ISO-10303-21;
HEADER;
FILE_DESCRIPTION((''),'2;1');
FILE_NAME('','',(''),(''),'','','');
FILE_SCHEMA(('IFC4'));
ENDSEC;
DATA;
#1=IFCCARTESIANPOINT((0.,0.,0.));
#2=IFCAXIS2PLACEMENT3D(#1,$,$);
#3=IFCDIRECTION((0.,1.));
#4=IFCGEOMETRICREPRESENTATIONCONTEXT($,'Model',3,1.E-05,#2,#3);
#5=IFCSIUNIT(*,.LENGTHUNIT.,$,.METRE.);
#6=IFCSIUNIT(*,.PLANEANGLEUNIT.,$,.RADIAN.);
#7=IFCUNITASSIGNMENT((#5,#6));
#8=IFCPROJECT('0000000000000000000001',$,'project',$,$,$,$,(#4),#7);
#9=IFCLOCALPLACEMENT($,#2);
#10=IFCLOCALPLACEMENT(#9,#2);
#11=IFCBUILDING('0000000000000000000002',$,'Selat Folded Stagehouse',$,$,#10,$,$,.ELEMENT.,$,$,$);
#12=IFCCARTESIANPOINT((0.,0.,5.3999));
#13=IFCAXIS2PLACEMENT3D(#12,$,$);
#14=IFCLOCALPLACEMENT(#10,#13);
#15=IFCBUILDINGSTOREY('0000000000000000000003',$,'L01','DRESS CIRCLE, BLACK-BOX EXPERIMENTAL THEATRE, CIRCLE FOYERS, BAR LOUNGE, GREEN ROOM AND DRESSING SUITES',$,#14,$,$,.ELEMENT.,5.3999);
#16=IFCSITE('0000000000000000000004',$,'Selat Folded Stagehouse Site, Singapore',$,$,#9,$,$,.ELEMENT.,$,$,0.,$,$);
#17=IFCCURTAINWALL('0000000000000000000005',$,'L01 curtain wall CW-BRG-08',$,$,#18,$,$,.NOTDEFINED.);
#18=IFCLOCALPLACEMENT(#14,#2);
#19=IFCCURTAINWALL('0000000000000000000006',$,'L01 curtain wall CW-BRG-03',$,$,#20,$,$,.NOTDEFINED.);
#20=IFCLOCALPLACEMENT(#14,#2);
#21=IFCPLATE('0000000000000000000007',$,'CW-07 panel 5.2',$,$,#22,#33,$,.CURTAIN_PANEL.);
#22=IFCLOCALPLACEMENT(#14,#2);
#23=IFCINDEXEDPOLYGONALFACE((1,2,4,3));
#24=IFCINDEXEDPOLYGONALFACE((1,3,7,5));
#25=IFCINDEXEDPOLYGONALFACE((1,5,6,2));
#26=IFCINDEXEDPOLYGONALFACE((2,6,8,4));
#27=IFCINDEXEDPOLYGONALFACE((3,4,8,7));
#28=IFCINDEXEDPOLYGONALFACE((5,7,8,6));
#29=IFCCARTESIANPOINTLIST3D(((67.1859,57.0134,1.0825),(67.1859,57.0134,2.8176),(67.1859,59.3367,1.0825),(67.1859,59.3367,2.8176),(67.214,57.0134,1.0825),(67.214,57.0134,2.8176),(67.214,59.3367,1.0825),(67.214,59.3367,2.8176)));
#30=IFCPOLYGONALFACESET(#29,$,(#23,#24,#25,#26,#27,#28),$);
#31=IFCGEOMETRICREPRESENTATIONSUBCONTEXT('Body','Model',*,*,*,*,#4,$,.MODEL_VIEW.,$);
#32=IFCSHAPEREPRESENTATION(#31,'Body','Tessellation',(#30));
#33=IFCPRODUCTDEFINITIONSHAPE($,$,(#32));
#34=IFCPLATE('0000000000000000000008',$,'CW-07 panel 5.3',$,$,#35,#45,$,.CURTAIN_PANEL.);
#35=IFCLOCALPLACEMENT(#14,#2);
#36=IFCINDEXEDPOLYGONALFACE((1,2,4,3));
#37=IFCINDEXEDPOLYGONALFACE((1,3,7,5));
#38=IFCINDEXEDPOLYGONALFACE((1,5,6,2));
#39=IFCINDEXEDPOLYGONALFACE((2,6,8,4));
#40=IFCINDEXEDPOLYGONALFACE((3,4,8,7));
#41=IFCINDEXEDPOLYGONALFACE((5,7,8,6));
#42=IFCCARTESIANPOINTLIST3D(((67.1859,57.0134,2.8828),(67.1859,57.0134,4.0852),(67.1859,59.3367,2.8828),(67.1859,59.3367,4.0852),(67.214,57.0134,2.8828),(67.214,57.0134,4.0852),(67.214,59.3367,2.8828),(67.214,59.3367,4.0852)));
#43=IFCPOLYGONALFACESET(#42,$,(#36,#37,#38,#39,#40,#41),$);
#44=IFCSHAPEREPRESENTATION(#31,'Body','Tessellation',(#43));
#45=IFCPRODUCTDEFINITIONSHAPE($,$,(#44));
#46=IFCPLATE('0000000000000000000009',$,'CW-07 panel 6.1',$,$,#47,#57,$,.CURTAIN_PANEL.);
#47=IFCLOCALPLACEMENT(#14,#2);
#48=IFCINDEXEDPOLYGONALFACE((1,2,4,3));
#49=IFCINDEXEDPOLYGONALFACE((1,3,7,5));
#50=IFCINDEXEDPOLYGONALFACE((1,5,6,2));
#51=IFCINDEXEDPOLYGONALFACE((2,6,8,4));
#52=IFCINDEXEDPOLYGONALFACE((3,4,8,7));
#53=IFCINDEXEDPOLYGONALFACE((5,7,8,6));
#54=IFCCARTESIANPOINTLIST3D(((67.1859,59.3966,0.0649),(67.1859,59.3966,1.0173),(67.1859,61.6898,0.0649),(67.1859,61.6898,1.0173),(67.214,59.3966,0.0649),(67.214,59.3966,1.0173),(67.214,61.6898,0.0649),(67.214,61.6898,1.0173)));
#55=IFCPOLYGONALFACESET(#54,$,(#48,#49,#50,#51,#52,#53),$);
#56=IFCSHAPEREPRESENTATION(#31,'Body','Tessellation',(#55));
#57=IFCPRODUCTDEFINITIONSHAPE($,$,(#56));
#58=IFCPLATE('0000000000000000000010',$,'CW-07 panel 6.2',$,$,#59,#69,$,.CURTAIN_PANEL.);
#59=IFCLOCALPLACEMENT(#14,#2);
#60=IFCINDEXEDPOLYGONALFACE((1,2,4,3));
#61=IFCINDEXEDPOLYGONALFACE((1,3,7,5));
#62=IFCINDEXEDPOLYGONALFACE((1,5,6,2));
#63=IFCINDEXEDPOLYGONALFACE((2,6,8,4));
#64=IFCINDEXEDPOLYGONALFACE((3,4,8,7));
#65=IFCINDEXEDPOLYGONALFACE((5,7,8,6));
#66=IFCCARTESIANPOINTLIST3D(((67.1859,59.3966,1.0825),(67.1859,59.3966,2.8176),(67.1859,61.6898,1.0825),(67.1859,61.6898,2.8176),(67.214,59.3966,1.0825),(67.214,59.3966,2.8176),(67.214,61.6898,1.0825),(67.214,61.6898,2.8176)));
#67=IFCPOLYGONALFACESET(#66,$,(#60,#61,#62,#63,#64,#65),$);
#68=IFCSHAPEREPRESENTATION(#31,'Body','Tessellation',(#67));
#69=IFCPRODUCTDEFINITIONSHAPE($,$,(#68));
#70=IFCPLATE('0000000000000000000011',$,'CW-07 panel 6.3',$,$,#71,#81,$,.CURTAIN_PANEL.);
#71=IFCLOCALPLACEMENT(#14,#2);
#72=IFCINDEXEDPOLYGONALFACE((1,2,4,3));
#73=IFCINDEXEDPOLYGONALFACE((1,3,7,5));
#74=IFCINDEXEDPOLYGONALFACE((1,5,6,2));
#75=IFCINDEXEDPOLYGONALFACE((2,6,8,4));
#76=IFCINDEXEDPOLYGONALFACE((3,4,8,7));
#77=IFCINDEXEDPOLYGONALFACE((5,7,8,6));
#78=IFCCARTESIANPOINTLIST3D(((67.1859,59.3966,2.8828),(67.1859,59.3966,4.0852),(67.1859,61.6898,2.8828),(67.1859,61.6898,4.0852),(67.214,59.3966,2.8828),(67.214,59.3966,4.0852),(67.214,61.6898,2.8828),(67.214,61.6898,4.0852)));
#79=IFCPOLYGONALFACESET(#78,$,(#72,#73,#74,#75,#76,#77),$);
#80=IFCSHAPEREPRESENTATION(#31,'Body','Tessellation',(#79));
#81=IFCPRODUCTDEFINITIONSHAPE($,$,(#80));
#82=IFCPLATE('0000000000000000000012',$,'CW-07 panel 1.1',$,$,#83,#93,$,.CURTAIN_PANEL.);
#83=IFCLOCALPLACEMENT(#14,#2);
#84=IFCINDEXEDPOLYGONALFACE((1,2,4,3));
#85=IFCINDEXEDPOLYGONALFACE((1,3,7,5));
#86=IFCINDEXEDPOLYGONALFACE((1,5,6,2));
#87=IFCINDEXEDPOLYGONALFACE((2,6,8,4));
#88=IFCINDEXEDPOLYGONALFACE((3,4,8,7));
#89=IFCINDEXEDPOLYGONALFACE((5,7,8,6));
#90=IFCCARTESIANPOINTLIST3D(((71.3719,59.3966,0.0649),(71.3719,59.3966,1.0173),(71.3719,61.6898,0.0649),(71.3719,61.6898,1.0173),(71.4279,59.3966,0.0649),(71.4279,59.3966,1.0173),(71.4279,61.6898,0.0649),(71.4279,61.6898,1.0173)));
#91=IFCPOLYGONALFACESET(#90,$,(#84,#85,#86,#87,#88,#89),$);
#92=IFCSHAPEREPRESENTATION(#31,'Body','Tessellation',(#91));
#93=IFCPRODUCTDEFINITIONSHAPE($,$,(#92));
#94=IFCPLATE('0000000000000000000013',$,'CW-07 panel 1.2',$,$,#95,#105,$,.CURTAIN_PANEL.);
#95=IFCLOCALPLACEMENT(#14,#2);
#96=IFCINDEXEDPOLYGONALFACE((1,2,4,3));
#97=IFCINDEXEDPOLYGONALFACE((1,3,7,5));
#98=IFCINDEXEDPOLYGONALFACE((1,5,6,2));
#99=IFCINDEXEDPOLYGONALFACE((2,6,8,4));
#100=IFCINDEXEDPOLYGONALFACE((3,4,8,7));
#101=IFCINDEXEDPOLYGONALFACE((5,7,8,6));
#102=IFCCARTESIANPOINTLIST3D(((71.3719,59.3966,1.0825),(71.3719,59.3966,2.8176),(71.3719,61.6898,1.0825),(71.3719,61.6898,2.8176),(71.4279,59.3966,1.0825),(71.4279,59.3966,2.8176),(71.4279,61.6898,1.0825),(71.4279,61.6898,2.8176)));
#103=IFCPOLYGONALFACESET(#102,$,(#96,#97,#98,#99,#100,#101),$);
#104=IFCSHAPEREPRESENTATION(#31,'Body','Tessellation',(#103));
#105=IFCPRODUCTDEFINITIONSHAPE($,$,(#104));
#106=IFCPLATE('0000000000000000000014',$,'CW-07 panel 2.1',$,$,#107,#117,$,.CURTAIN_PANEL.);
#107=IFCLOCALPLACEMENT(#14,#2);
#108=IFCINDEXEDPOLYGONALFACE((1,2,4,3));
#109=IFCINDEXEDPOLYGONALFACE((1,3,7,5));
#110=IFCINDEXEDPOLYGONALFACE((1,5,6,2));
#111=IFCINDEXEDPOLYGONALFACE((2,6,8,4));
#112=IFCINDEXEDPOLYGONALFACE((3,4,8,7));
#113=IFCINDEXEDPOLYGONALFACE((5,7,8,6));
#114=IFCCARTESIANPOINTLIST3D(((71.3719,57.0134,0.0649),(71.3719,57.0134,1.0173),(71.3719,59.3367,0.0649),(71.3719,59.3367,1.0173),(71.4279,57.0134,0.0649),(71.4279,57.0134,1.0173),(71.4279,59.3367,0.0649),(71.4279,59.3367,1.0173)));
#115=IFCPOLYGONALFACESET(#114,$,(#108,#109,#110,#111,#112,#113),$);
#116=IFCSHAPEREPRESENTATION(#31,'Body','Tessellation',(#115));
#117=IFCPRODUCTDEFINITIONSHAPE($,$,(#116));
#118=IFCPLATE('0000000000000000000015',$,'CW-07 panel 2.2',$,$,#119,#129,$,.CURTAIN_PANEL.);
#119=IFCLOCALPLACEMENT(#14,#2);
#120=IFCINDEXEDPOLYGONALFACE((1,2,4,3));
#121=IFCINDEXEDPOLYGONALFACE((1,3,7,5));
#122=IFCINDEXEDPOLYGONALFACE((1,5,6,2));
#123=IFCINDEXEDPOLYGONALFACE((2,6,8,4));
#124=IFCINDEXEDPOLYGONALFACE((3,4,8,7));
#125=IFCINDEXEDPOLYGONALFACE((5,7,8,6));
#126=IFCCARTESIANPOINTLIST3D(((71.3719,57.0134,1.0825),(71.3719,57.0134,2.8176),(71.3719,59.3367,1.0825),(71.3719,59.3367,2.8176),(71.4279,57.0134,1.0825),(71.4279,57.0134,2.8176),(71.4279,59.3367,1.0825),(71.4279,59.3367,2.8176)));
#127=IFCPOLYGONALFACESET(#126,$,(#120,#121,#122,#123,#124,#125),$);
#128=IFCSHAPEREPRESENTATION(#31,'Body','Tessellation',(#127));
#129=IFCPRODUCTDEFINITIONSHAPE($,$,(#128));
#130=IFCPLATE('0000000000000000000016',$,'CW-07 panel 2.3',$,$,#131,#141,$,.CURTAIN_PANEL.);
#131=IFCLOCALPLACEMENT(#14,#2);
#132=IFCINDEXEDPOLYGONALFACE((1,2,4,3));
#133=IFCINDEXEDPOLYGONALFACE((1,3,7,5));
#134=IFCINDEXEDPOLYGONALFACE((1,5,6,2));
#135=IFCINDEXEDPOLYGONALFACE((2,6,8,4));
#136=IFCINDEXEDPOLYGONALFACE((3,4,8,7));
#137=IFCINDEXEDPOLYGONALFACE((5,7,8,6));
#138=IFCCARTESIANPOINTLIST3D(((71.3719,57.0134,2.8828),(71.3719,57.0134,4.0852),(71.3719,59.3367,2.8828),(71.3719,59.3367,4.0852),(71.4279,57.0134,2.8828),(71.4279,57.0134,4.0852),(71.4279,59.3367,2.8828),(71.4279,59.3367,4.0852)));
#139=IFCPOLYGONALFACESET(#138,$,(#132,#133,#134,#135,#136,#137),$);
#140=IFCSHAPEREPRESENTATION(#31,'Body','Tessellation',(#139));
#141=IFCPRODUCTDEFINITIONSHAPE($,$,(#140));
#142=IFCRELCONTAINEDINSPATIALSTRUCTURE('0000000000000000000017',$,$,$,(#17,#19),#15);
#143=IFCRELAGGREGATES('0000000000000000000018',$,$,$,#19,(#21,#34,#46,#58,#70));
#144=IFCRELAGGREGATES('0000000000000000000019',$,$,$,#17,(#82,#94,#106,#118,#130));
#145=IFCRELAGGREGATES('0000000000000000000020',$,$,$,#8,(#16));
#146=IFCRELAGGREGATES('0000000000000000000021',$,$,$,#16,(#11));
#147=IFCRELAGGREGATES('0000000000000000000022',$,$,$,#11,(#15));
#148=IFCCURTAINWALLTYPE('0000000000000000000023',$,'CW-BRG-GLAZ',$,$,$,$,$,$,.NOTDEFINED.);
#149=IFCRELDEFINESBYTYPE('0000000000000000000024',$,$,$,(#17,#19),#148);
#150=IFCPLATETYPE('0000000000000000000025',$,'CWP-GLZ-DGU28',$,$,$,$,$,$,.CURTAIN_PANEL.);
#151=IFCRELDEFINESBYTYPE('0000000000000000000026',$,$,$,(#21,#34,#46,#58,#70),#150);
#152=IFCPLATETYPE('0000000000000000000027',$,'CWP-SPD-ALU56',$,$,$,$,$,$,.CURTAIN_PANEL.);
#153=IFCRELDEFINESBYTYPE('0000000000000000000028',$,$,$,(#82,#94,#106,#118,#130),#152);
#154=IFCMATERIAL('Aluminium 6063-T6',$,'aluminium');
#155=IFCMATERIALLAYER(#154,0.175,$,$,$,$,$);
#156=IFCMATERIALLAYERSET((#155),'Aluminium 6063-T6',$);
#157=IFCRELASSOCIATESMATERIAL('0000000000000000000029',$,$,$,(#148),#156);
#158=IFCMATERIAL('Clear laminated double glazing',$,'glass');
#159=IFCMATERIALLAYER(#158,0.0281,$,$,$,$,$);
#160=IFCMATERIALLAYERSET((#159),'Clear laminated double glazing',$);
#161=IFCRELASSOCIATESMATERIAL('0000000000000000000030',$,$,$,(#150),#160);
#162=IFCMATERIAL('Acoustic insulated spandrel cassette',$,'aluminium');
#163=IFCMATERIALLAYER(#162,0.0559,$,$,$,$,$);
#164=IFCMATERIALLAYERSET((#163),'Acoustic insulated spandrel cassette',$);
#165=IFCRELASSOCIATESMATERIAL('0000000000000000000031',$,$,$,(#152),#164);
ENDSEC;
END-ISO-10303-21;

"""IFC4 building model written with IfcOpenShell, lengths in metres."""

from ifc_helpers import new_model, si_unit, direction, frame, origin, origin_2d, place, context, subcontext, project, spatial, rectangle, extrude, material, layer, layer_set, type_object, element, aggregate, save


model = new_model("IFC4")

# Units and contexts
model_context = context("Model", 3, precision=1e-05, world=origin(), true_north=direction((0.0, 1.0)))
body_context = subcontext(model_context, "Body", "Model", "MODEL_VIEW")
ifc_project = project(units=[si_unit("LENGTHUNIT", "METRE"), si_unit("PLANEANGLEUNIT", "RADIAN")], contexts=[model_context])

# Site, building, storey
site_placement = place(None, origin())
site = spatial("IfcSite", under=ifc_project, at=site_placement, Name="Selat Folded Stagehouse Site, Singapore", CompositionType="ELEMENT", RefElevation=0.0)
building_placement = place(site_placement, origin())
building = spatial("IfcBuilding", under=site, at=building_placement, Name="Selat Folded Stagehouse", CompositionType="ELEMENT")
storey_placement = place(building_placement, frame((0.0, 0.0, 5.3999)))
storey = spatial("IfcBuildingStorey", under=building, at=storey_placement, Name="L01", Description="DRESS CIRCLE, BLACK-BOX EXPERIMENTAL THEATRE, CIRCLE FOYERS, BAR LOUNGE, GREEN ROOM AND DRESSING SUITES", CompositionType="ELEMENT", Elevation=5.3999)

# Curtain wall
ifc_material_1 = material(Name="Aluminium 6063-T6", Category="aluminium")
ifc_layer_1 = layer(ifc_material_1, 0.175)
ifc_layer_set_1 = layer_set([ifc_layer_1], Name="Aluminium 6063-T6")
curtain_wall_type = type_object("IfcCurtainWallType", Name="CW-BRG-GLAZ", PredefinedType="NOTDEFINED", material=ifc_layer_set_1)
curtain_wall_1_placement = place(storey_placement, origin())
curtain_wall_1 = element("IfcCurtainWall", 1, at=curtain_wall_1_placement, inside=storey, type_object=curtain_wall_type, Name="L01 curtain wall CW-BRG-08", PredefinedType="NOTDEFINED")

# Curtain wall
curtain_wall_2_placement = place(storey_placement, origin())
curtain_wall_2 = element("IfcCurtainWall", 2, at=curtain_wall_2_placement, inside=storey, type_object=curtain_wall_type, Name="L01 curtain wall CW-BRG-03", PredefinedType="NOTDEFINED")

# Plates
ifc_material_2 = material(Name="Clear laminated double glazing", Category="glass")
ifc_layer_2 = layer(ifc_material_2, 0.0281)
ifc_layer_set_2 = layer_set([ifc_layer_2], Name="Clear laminated double glazing")
plate_type_1 = type_object("IfcPlateType", Name="CWP-GLZ-DGU28", PredefinedType="CURTAIN_PANEL", material=ifc_layer_set_2)
plate_1_placement = place(storey_placement, frame((67.2, 58.175, 1.0825), z_axis=(0.0, 0.0, 1.0), x_axis=(0.0, 1.0, 0.0)))
plate_1 = element("IfcPlate", 3, at=plate_1_placement, type_object=plate_type_1, Name="CW-07 panel 5.2", PredefinedType="CURTAIN_PANEL", context=body_context, shape_type="SweptSolid", body=[
    extrude(rectangle(XDim=2.3232, YDim=0.0281, at=origin_2d()), origin(), (0.0, 0.0, 1.0), 1.7351),
])
plate_2_placement = place(storey_placement, frame((67.2, 58.175, 2.8828), z_axis=(0.0, 0.0, 1.0), x_axis=(0.0, 1.0, 0.0)))
plate_2 = element("IfcPlate", 4, at=plate_2_placement, type_object=plate_type_1, Name="CW-07 panel 5.3", PredefinedType="CURTAIN_PANEL", context=body_context, shape_type="SweptSolid", body=[
    extrude(rectangle(XDim=2.3232, YDim=0.0281, at=origin_2d()), origin(), (0.0, 0.0, 1.0), 1.2024),
])
plate_3_placement = place(storey_placement, frame((67.2, 60.5432, 0.0649), z_axis=(0.0, 0.0, 1.0), x_axis=(0.0, 1.0, 0.0)))
plate_3 = element("IfcPlate", 5, at=plate_3_placement, type_object=plate_type_1, Name="CW-07 panel 6.1", PredefinedType="CURTAIN_PANEL", context=body_context, shape_type="SweptSolid", body=[
    extrude(rectangle(XDim=2.2932, YDim=0.0281, at=origin_2d()), origin(), (0.0, 0.0, 1.0), 0.9524),
])
plate_4_placement = place(storey_placement, frame((67.2, 60.5432, 1.0825), z_axis=(0.0, 0.0, 1.0), x_axis=(0.0, 1.0, 0.0)))
plate_4 = element("IfcPlate", 6, at=plate_4_placement, type_object=plate_type_1, Name="CW-07 panel 6.2", PredefinedType="CURTAIN_PANEL", context=body_context, shape_type="SweptSolid", body=[
    extrude(rectangle(XDim=2.2932, YDim=0.0281, at=origin_2d()), origin(), (0.0, 0.0, 1.0), 1.7351),
])
plate_5_placement = place(storey_placement, frame((67.2, 60.5432, 2.8828), z_axis=(0.0, 0.0, 1.0), x_axis=(0.0, 1.0, 0.0)))
plate_5 = element("IfcPlate", 7, at=plate_5_placement, type_object=plate_type_1, Name="CW-07 panel 6.3", PredefinedType="CURTAIN_PANEL", context=body_context, shape_type="SweptSolid", body=[
    extrude(rectangle(XDim=2.2932, YDim=0.0281, at=origin_2d()), origin(), (0.0, 0.0, 1.0), 1.2024),
])
aggregate(curtain_wall_2, [plate_1, plate_2, plate_3, plate_4, plate_5])
ifc_material_3 = material(Name="Acoustic insulated spandrel cassette", Category="aluminium")
ifc_layer_3 = layer(ifc_material_3, 0.0559)
ifc_layer_set_3 = layer_set([ifc_layer_3], Name="Acoustic insulated spandrel cassette")
plate_type_2 = type_object("IfcPlateType", Name="CWP-SPD-ALU56", PredefinedType="CURTAIN_PANEL", material=ifc_layer_set_3)
plate_6_placement = place(storey_placement, frame((71.3999, 60.5432, 0.0649), z_axis=(0.0, 0.0, 1.0), x_axis=(0.0, -1.0, 0.0)))
plate_6 = element("IfcPlate", 8, at=plate_6_placement, type_object=plate_type_2, Name="CW-07 panel 1.1", PredefinedType="CURTAIN_PANEL", context=body_context, shape_type="SweptSolid", body=[
    extrude(rectangle(XDim=2.2932, YDim=0.0559, at=origin_2d()), origin(), (0.0, 0.0, 1.0), 0.9524),
])
plate_7_placement = place(storey_placement, frame((71.3999, 60.5432, 1.0825), z_axis=(0.0, 0.0, 1.0), x_axis=(0.0, -1.0, 0.0)))
plate_7 = element("IfcPlate", 9, at=plate_7_placement, type_object=plate_type_2, Name="CW-07 panel 1.2", PredefinedType="CURTAIN_PANEL", context=body_context, shape_type="SweptSolid", body=[
    extrude(rectangle(XDim=2.2932, YDim=0.0559, at=origin_2d()), origin(), (0.0, 0.0, 1.0), 1.7351),
])
plate_8_placement = place(storey_placement, frame((71.3999, 58.175, 0.0649), z_axis=(0.0, 0.0, 1.0), x_axis=(0.0, -1.0, 0.0)))
plate_8 = element("IfcPlate", 10, at=plate_8_placement, type_object=plate_type_2, Name="CW-07 panel 2.1", PredefinedType="CURTAIN_PANEL", context=body_context, shape_type="SweptSolid", body=[
    extrude(rectangle(XDim=2.3232, YDim=0.0559, at=origin_2d()), origin(), (0.0, 0.0, 1.0), 0.9524),
])
plate_9_placement = place(storey_placement, frame((71.3999, 58.175, 1.0825), z_axis=(0.0, 0.0, 1.0), x_axis=(0.0, -1.0, 0.0)))
plate_9 = element("IfcPlate", 11, at=plate_9_placement, type_object=plate_type_2, Name="CW-07 panel 2.2", PredefinedType="CURTAIN_PANEL", context=body_context, shape_type="SweptSolid", body=[
    extrude(rectangle(XDim=2.3232, YDim=0.0559, at=origin_2d()), origin(), (0.0, 0.0, 1.0), 1.7351),
])
plate_10_placement = place(storey_placement, frame((71.3999, 58.175, 2.8828), z_axis=(0.0, 0.0, 1.0), x_axis=(0.0, -1.0, 0.0)))
plate_10 = element("IfcPlate", 12, at=plate_10_placement, type_object=plate_type_2, Name="CW-07 panel 2.3", PredefinedType="CURTAIN_PANEL", context=body_context, shape_type="SweptSolid", body=[
    extrude(rectangle(XDim=2.3232, YDim=0.0559, at=origin_2d()), origin(), (0.0, 0.0, 1.0), 1.2024),
])
aggregate(curtain_wall_1, [plate_6, plate_7, plate_8, plate_9, plate_10])

save(model, "model.ifc")
